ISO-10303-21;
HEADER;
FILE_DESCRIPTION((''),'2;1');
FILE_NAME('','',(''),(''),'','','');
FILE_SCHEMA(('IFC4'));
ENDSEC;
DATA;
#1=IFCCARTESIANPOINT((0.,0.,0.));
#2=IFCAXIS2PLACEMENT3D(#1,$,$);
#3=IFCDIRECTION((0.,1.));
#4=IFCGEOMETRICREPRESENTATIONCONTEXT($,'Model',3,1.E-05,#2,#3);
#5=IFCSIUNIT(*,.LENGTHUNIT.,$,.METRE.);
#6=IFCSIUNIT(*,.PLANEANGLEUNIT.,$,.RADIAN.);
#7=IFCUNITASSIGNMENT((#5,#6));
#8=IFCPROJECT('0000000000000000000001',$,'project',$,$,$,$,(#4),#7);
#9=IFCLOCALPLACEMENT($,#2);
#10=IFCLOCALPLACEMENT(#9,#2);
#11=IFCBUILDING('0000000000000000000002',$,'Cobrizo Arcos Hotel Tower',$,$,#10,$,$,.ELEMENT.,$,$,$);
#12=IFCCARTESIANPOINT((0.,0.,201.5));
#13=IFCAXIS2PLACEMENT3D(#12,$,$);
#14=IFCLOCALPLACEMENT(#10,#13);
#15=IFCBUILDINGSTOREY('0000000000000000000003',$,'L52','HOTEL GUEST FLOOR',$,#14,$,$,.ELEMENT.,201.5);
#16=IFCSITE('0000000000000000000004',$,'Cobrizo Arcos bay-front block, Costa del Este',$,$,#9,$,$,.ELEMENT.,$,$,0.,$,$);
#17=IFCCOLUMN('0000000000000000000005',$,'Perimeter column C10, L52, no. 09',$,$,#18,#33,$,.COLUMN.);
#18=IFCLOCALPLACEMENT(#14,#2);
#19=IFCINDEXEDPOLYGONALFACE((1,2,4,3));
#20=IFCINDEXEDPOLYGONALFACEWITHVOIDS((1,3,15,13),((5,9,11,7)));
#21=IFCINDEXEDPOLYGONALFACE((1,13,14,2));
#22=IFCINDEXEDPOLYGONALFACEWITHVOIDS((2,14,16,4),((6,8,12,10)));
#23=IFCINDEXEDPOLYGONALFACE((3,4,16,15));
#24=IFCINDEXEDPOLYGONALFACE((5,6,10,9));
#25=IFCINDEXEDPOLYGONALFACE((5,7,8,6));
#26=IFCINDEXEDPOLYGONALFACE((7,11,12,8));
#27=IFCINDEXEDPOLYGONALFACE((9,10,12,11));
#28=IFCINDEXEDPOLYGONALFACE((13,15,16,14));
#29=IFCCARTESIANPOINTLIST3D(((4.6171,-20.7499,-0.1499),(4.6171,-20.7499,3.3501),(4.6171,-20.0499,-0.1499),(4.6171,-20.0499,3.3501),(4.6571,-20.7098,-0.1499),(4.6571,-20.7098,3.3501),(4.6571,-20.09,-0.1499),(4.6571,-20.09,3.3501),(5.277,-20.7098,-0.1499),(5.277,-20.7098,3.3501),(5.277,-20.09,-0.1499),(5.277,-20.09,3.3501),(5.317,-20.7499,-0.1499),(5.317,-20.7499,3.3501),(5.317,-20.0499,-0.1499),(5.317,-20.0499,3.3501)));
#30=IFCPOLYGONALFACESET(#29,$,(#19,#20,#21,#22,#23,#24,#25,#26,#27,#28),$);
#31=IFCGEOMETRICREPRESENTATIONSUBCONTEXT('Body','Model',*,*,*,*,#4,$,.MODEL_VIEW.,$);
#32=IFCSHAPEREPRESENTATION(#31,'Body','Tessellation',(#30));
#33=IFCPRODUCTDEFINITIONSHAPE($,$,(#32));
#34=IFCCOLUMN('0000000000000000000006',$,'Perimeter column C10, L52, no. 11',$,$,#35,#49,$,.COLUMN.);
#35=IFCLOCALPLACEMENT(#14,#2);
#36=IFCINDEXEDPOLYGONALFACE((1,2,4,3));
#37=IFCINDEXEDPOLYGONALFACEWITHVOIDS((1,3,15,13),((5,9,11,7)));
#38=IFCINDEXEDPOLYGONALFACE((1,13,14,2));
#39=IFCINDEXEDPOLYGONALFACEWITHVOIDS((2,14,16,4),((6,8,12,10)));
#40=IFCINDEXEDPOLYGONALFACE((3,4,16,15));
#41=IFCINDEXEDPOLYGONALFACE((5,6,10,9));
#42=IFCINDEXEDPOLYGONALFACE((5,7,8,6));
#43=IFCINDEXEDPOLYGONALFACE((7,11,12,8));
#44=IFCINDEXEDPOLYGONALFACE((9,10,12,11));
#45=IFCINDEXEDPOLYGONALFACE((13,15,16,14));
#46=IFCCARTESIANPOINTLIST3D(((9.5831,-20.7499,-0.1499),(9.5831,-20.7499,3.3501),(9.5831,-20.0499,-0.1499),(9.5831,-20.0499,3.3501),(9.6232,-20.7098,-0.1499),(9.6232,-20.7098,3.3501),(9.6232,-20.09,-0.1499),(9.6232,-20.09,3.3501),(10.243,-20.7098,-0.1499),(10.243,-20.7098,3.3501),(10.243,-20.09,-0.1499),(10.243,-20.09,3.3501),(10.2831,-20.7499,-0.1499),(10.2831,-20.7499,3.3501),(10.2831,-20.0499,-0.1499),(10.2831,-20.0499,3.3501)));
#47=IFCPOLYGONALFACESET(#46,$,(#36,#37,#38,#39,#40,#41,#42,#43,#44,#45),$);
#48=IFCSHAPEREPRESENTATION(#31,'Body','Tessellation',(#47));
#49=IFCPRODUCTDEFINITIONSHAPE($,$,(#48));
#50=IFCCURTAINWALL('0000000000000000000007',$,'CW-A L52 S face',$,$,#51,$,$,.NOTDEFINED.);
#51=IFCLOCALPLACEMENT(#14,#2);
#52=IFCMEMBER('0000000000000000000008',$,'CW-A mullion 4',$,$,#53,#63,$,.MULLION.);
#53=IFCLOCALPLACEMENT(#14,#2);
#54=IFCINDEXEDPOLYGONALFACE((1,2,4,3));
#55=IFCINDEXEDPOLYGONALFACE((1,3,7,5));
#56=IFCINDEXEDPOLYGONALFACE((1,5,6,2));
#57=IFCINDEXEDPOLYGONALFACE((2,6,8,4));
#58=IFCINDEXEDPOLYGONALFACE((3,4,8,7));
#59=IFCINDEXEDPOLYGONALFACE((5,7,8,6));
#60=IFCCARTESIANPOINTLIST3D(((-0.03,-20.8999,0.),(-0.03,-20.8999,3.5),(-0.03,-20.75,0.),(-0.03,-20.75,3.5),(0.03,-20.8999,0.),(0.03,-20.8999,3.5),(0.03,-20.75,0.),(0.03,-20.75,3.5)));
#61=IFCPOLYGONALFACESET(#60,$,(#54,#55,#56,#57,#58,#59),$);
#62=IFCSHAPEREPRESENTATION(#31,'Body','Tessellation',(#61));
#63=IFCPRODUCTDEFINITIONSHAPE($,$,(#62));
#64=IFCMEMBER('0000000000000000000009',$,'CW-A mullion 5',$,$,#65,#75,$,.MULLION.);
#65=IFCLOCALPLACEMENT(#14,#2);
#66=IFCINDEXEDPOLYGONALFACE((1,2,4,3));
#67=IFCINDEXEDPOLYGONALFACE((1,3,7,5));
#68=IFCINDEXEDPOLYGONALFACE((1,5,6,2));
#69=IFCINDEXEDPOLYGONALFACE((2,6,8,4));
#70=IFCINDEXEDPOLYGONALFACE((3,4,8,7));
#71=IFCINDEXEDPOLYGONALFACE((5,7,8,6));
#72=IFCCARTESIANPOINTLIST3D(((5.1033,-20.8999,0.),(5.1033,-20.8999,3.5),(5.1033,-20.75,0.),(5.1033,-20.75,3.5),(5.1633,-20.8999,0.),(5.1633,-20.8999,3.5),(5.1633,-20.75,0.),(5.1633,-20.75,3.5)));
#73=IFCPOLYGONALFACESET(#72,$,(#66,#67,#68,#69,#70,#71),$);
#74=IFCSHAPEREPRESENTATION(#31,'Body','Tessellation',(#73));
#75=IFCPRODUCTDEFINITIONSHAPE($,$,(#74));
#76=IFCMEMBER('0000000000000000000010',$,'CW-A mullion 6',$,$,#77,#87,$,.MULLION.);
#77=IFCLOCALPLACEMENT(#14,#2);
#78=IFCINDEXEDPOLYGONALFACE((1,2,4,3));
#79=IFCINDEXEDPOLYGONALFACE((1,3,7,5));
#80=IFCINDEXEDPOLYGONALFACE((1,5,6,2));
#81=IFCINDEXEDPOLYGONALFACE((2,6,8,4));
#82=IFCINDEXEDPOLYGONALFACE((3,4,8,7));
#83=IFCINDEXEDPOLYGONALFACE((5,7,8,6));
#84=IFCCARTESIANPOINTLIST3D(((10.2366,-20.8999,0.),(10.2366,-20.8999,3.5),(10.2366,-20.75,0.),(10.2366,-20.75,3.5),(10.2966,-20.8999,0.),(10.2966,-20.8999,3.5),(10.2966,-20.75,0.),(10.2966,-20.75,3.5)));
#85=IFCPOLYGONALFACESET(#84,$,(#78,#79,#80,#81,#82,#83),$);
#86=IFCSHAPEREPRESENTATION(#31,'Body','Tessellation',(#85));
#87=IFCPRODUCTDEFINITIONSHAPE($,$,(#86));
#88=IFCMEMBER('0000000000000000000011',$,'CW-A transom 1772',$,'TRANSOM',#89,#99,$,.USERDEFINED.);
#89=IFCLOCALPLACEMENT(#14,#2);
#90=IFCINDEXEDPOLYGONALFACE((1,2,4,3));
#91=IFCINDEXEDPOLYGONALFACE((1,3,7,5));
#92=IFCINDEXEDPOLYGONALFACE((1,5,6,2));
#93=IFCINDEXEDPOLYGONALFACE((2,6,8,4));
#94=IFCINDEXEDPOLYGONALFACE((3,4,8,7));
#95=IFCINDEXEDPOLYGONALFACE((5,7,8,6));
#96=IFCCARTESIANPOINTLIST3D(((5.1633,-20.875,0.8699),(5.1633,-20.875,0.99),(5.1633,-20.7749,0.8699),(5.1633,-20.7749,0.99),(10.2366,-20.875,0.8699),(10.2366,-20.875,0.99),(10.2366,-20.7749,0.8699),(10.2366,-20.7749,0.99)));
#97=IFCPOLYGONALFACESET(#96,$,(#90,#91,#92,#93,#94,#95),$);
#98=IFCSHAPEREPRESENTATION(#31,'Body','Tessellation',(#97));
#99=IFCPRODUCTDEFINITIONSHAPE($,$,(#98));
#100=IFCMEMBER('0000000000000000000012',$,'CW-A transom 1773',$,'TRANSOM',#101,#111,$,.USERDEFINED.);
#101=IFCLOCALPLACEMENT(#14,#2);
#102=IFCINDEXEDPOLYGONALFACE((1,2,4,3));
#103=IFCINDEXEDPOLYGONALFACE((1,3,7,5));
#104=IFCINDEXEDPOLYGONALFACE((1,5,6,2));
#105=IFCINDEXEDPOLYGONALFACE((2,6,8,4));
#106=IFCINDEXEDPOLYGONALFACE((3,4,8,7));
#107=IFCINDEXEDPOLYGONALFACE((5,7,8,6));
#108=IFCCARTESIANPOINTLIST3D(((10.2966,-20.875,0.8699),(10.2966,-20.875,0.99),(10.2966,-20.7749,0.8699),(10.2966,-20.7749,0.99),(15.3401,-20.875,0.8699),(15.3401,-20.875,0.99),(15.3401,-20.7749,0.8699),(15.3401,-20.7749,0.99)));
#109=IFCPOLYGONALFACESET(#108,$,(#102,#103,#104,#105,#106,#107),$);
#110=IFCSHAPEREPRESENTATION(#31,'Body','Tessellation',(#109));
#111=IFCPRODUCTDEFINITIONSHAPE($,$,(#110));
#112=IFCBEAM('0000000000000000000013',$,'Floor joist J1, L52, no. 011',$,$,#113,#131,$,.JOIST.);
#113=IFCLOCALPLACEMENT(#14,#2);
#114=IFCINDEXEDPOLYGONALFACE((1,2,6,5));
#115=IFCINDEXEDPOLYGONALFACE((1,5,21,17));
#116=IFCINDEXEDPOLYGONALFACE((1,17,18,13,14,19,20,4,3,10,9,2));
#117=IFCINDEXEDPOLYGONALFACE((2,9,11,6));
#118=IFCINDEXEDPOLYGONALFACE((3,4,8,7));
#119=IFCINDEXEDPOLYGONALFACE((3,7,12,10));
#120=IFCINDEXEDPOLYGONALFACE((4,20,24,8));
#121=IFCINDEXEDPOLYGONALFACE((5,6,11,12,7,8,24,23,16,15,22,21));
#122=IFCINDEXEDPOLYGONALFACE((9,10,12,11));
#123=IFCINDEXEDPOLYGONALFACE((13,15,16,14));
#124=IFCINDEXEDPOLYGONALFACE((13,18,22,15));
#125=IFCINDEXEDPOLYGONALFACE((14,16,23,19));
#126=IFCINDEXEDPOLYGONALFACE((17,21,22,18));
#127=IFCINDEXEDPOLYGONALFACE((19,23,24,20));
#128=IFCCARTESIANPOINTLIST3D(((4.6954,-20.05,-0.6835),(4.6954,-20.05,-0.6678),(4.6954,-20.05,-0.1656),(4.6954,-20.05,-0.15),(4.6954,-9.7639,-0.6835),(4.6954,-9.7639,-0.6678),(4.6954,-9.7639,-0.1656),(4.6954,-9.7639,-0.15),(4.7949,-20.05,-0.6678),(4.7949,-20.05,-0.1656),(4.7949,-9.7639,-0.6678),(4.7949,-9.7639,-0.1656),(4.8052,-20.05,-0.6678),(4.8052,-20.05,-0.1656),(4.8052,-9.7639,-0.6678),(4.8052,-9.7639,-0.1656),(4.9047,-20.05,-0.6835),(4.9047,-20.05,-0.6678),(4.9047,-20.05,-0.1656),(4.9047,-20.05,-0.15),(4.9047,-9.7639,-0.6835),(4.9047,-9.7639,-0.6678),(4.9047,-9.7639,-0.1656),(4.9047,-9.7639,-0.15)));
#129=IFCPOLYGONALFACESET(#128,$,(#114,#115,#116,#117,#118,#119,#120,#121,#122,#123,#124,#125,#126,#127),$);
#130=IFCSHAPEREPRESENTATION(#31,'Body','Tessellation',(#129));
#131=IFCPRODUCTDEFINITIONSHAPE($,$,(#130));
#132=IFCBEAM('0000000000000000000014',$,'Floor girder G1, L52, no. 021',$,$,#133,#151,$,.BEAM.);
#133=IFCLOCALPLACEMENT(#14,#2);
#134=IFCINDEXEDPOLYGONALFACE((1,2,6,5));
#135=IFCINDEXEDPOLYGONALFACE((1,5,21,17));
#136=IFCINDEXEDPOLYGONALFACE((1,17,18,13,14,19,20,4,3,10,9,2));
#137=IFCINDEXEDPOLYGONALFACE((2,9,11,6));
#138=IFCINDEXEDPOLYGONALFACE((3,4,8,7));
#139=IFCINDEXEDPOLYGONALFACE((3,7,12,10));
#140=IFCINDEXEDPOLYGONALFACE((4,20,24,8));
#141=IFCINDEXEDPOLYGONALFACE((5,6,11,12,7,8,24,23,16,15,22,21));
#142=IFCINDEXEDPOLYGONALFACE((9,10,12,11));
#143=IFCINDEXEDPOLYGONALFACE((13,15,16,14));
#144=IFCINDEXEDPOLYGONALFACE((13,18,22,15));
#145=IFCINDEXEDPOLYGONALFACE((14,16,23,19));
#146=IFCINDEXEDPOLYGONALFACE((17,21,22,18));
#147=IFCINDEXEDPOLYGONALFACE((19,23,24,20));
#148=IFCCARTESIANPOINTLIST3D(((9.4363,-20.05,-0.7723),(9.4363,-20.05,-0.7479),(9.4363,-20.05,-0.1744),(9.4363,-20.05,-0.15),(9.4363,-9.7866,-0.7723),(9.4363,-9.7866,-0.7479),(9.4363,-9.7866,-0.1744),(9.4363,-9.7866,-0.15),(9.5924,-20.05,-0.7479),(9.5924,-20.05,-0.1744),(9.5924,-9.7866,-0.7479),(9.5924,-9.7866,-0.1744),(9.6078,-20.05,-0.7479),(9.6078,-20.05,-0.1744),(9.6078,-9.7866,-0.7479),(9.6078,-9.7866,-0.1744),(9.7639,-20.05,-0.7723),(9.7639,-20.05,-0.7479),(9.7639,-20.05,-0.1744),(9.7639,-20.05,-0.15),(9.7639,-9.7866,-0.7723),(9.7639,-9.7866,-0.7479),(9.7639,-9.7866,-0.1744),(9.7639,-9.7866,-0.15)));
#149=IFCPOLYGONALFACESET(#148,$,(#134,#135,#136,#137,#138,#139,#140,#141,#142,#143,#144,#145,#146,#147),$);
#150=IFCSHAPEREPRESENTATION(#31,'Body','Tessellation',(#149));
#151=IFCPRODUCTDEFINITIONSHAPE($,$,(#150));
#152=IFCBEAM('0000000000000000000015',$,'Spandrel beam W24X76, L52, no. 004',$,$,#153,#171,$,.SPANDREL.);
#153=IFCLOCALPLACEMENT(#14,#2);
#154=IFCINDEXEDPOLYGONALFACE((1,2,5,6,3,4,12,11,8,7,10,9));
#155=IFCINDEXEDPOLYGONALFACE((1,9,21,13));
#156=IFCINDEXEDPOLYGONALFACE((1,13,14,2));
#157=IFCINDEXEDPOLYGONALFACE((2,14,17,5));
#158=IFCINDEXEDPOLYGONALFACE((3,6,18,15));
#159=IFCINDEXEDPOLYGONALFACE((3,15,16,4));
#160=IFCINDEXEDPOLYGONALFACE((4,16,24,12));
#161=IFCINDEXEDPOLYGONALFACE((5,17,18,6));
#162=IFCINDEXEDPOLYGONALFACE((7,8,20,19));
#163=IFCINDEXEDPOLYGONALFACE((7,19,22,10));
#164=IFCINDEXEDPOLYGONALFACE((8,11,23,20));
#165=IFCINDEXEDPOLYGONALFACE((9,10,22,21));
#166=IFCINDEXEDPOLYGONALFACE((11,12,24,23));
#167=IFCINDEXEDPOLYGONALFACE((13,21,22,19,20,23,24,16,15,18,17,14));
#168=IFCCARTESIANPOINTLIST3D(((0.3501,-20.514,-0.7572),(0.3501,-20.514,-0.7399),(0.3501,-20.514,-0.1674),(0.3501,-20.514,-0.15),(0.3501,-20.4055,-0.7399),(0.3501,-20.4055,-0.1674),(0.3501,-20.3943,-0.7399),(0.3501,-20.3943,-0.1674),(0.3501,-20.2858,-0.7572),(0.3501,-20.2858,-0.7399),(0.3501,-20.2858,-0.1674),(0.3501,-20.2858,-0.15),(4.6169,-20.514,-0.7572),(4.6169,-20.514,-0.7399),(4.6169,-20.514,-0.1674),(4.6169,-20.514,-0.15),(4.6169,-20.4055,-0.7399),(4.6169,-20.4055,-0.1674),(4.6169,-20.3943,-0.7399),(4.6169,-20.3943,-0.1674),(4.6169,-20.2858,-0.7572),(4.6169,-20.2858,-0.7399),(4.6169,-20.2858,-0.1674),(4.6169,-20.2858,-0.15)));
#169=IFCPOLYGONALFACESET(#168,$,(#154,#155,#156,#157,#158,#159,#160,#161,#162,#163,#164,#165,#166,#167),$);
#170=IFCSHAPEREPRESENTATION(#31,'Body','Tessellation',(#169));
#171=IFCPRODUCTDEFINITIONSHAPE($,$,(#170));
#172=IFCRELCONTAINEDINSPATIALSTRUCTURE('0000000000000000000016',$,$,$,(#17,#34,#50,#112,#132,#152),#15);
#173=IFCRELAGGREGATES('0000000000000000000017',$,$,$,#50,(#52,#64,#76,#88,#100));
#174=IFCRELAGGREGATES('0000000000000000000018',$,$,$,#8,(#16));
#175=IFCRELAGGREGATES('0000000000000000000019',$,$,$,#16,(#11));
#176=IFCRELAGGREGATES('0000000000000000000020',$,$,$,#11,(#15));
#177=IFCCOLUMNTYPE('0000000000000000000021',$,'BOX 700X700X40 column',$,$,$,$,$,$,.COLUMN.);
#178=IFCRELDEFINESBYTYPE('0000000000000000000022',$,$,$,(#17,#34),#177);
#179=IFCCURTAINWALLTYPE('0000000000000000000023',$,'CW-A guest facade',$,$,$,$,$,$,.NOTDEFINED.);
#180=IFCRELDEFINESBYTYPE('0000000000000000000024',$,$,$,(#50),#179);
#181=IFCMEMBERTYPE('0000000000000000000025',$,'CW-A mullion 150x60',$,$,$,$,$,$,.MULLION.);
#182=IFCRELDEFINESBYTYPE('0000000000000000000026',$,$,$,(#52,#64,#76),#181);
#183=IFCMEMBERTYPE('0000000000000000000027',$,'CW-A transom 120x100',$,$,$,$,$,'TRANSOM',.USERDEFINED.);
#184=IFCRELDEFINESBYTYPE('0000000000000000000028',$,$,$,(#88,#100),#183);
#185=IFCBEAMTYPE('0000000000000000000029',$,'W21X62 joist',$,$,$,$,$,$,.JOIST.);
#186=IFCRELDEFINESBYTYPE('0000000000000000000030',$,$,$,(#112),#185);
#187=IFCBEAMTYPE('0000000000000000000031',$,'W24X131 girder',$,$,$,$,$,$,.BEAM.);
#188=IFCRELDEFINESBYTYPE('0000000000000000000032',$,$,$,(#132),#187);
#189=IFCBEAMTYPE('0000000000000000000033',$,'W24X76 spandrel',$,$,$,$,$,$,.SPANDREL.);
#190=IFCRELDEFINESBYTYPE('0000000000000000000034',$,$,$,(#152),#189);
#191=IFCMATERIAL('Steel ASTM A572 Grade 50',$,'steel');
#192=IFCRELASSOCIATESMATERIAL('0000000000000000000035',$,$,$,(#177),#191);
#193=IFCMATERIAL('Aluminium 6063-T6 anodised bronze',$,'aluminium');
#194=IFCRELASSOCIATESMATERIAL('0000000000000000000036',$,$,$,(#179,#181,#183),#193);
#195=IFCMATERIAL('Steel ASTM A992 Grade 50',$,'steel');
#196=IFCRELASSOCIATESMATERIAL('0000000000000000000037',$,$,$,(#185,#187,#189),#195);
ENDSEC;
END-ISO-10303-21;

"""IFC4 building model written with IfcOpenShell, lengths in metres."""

from ifc_helpers import new_model, si_unit, direction, frame, origin, origin_2d, place, context, subcontext, project, spatial, rectangle, hollow_rectangle, i_section, extrude, material, material_profile, profile_set, type_object, element, aggregate, save


model = new_model("IFC4")

# Units and contexts
model_context = context("Model", 3, precision=1e-05, world=origin(), true_north=direction((0.0, 1.0)))
body_context = subcontext(model_context, "Body", "Model", "MODEL_VIEW")
ifc_project = project(units=[si_unit("LENGTHUNIT", "METRE"), si_unit("PLANEANGLEUNIT", "RADIAN")], contexts=[model_context])

# Site, building, storey
site_placement = place(None, origin())
site = spatial("IfcSite", under=ifc_project, at=site_placement, Name="Cobrizo Arcos bay-front block, Costa del Este", CompositionType="ELEMENT", RefElevation=0.0)
building_placement = place(site_placement, origin())
building = spatial("IfcBuilding", under=site, at=building_placement, Name="Cobrizo Arcos Hotel Tower", CompositionType="ELEMENT")
storey_placement = place(building_placement, frame((0.0, 0.0, 201.5)))
storey = spatial("IfcBuildingStorey", under=building, at=storey_placement, Name="L52", Description="HOTEL GUEST FLOOR", CompositionType="ELEMENT", Elevation=201.5)

# Columns
ifc_material_1 = material(Name="Steel ASTM A572 Grade 50", Category="steel")
ifc_material_profile_1 = material_profile(ifc_material_1, hollow_rectangle(XDim=0.7, YDim=0.7, WallThickness=0.04, at=origin_2d()), Name="BOX 700X700X40")
ifc_profile_set_1 = profile_set([ifc_material_profile_1], Name="Steel ASTM A572 Grade 50")
column_type = type_object("IfcColumnType", Name="BOX 700X700X40 column", PredefinedType="COLUMN", material=ifc_profile_set_1)
for number, where, z_axis, x_axis, name in (
    (1, (4.967, -20.3999, -0.1499), (0.0, 0.0, 1.0), (1.0, 0.0, 0.0), "Perimeter column C10, L52, no. 09"),
    (2, (9.9331, -20.3999, -0.1499), (0.0, 0.0, 1.0), (1.0, 0.0, 0.0), "Perimeter column C10, L52, no. 11"),
):
    element("IfcColumn", number, at=place(storey_placement, frame(where, z_axis=z_axis, x_axis=x_axis)), inside=storey, type_object=column_type, Name=name, PredefinedType="COLUMN", context=body_context, shape_type="SweptSolid", body=[
        extrude(hollow_rectangle(XDim=0.7, YDim=0.7, WallThickness=0.04, at=origin_2d()), origin(), (0.0, 0.0, 1.0), 3.5),
    ])

# Curtain wall, members
ifc_material_2 = material(Name="Aluminium 6063-T6 anodised bronze", Category="aluminium")
curtain_wall_type = type_object("IfcCurtainWallType", Name="CW-A guest facade", PredefinedType="NOTDEFINED", material=ifc_material_2)
curtain_wall_placement = place(storey_placement, origin())
curtain_wall = element("IfcCurtainWall", 3, at=curtain_wall_placement, inside=storey, type_object=curtain_wall_type, Name="CW-A L52 S face", PredefinedType="NOTDEFINED")
ifc_material_profile_2 = material_profile(ifc_material_2, rectangle(XDim=0.1499, YDim=0.0601, at=origin_2d()), Name="CW-A mullion 150x60")
ifc_profile_set_2 = profile_set([ifc_material_profile_2], Name="Aluminium 6063-T6 anodised bronze")
member_type_1 = type_object("IfcMemberType", Name="CW-A mullion 150x60", PredefinedType="MULLION", material=ifc_profile_set_2)
member_1_placement = place(storey_placement, frame((0.0, -20.825, 0.0), z_axis=(0.0, 0.0, 1.0), x_axis=(0.0, -1.0, 0.0)))
member_1 = element("IfcMember", 4, at=member_1_placement, type_object=member_type_1, Name="CW-A mullion 4", PredefinedType="MULLION", context=body_context, shape_type="SweptSolid", body=[
    extrude(rectangle(XDim=0.1499, YDim=0.0601, at=origin_2d()), origin(), (0.0, 0.0, 1.0), 3.5),
])
member_2_placement = place(storey_placement, frame((5.1333, -20.825, 0.0), z_axis=(0.0, 0.0, 1.0), x_axis=(0.0, -1.0, 0.0)))
member_2 = element("IfcMember", 5, at=member_2_placement, type_object=member_type_1, Name="CW-A mullion 5", PredefinedType="MULLION", context=body_context, shape_type="SweptSolid", body=[
    extrude(rectangle(XDim=0.1499, YDim=0.0601, at=origin_2d()), origin(), (0.0, 0.0, 1.0), 3.5),
])
member_3_placement = place(storey_placement, frame((10.2666, -20.825, 0.0), z_axis=(0.0, 0.0, 1.0), x_axis=(0.0, -1.0, 0.0)))
member_3 = element("IfcMember", 6, at=member_3_placement, type_object=member_type_1, Name="CW-A mullion 6", PredefinedType="MULLION", context=body_context, shape_type="SweptSolid", body=[
    extrude(rectangle(XDim=0.1499, YDim=0.0601, at=origin_2d()), origin(), (0.0, 0.0, 1.0), 3.5),
])
ifc_material_profile_3 = material_profile(ifc_material_2, rectangle(XDim=0.1001, YDim=0.1201, at=origin_2d()), Name="CW-A transom 120x100")
ifc_profile_set_3 = profile_set([ifc_material_profile_3], Name="Aluminium 6063-T6 anodised bronze")
member_type_2 = type_object("IfcMemberType", Name="CW-A transom 120x100", ElementType="TRANSOM", PredefinedType="USERDEFINED", material=ifc_profile_set_3)
member_4_placement = place(storey_placement, frame((5.1633, -20.825, 0.9299), z_axis=(1.0, 0.0, 0.0), x_axis=(0.0, 1.0, 0.0)))
member_4 = element("IfcMember", 7, at=member_4_placement, type_object=member_type_2, Name="CW-A transom 1772", ObjectType="TRANSOM", PredefinedType="USERDEFINED", context=body_context, shape_type="SweptSolid", body=[
    extrude(rectangle(XDim=0.1001, YDim=0.1201, at=origin_2d()), origin(), (0.0, 0.0, 1.0), 5.0732),
])
member_5_placement = place(storey_placement, frame((10.2966, -20.825, 0.9299), z_axis=(1.0, 0.0, 0.0), x_axis=(0.0, 1.0, 0.0)))
member_5 = element("IfcMember", 8, at=member_5_placement, type_object=member_type_2, Name="CW-A transom 1773", ObjectType="TRANSOM", PredefinedType="USERDEFINED", context=body_context, shape_type="SweptSolid", body=[
    extrude(rectangle(XDim=0.1001, YDim=0.1201, at=origin_2d()), origin(), (0.0, 0.0, 1.0), 5.0435),
])

# Beams
ifc_material_3 = material(Name="Steel ASTM A992 Grade 50", Category="steel")
ifc_material_profile_4 = material_profile(ifc_material_3, i_section(OverallWidth=0.2092, OverallDepth=0.5334, WebThickness=0.0103, FlangeThickness=0.0156, at=origin_2d()), Name="W21X62")
ifc_profile_set_4 = profile_set([ifc_material_profile_4], Name="Steel ASTM A992 Grade 50")
beam_type_1 = type_object("IfcBeamType", Name="W21X62 joist", PredefinedType="JOIST", material=ifc_profile_set_4)
beam_1_placement = place(storey_placement, frame((4.8, -20.05, -0.4167), z_axis=(0.0, 1.0, 0.0), x_axis=(-1.0, 0.0, 0.0)))
element("IfcBeam", 9, at=beam_1_placement, inside=storey, type_object=beam_type_1, Name="Floor joist J1, L52, no. 011", PredefinedType="JOIST", context=body_context, shape_type="SweptSolid", body=[
    extrude(i_section(OverallWidth=0.2092, OverallDepth=0.5334, WebThickness=0.0103, FlangeThickness=0.0156, at=origin_2d()), origin(), (0.0, 0.0, 1.0), 10.2861),
])
ifc_material_profile_5 = material_profile(ifc_material_3, i_section(OverallWidth=0.3276, OverallDepth=0.6223, WebThickness=0.0154, FlangeThickness=0.0244, at=origin_2d()), Name="W24X131")
ifc_profile_set_5 = profile_set([ifc_material_profile_5], Name="Steel ASTM A992 Grade 50")
beam_type_2 = type_object("IfcBeamType", Name="W24X131 girder", PredefinedType="BEAM", material=ifc_profile_set_5)
beam_2_placement = place(storey_placement, frame((9.6001, -20.05, -0.4612), z_axis=(0.0, 1.0, 0.0), x_axis=(-1.0, 0.0, 0.0)))
element("IfcBeam", 10, at=beam_2_placement, inside=storey, type_object=beam_type_2, Name="Floor girder G1, L52, no. 021", PredefinedType="BEAM", context=body_context, shape_type="SweptSolid", body=[
    extrude(i_section(OverallWidth=0.3276, OverallDepth=0.6223, WebThickness=0.0154, FlangeThickness=0.0244, at=origin_2d()), origin(), (0.0, 0.0, 1.0), 10.2634),
])
ifc_material_profile_6 = material_profile(ifc_material_3, i_section(OverallWidth=0.2283, OverallDepth=0.6072, WebThickness=0.0112, FlangeThickness=0.0173, at=origin_2d()), Name="W24X76")
ifc_profile_set_6 = profile_set([ifc_material_profile_6], Name="Steel ASTM A992 Grade 50")
beam_type_3 = type_object("IfcBeamType", Name="W24X76 spandrel", PredefinedType="SPANDREL", material=ifc_profile_set_6)
beam_3_placement = place(storey_placement, frame((0.3501, -20.3999, -0.4536), z_axis=(1.0, 0.0, 0.0), x_axis=(0.0, 1.0, 0.0)))
element("IfcBeam", 11, at=beam_3_placement, inside=storey, type_object=beam_type_3, Name="Spandrel beam W24X76, L52, no. 004", PredefinedType="SPANDREL", context=body_context, shape_type="SweptSolid", body=[
    extrude(i_section(OverallWidth=0.2283, OverallDepth=0.6072, WebThickness=0.0112, FlangeThickness=0.0173, at=origin_2d()), origin(), (0.0, 0.0, 1.0), 4.2668),
])

aggregate(curtain_wall, [member_1, member_2, member_3, member_4, member_5])

save(model, "model.ifc")
